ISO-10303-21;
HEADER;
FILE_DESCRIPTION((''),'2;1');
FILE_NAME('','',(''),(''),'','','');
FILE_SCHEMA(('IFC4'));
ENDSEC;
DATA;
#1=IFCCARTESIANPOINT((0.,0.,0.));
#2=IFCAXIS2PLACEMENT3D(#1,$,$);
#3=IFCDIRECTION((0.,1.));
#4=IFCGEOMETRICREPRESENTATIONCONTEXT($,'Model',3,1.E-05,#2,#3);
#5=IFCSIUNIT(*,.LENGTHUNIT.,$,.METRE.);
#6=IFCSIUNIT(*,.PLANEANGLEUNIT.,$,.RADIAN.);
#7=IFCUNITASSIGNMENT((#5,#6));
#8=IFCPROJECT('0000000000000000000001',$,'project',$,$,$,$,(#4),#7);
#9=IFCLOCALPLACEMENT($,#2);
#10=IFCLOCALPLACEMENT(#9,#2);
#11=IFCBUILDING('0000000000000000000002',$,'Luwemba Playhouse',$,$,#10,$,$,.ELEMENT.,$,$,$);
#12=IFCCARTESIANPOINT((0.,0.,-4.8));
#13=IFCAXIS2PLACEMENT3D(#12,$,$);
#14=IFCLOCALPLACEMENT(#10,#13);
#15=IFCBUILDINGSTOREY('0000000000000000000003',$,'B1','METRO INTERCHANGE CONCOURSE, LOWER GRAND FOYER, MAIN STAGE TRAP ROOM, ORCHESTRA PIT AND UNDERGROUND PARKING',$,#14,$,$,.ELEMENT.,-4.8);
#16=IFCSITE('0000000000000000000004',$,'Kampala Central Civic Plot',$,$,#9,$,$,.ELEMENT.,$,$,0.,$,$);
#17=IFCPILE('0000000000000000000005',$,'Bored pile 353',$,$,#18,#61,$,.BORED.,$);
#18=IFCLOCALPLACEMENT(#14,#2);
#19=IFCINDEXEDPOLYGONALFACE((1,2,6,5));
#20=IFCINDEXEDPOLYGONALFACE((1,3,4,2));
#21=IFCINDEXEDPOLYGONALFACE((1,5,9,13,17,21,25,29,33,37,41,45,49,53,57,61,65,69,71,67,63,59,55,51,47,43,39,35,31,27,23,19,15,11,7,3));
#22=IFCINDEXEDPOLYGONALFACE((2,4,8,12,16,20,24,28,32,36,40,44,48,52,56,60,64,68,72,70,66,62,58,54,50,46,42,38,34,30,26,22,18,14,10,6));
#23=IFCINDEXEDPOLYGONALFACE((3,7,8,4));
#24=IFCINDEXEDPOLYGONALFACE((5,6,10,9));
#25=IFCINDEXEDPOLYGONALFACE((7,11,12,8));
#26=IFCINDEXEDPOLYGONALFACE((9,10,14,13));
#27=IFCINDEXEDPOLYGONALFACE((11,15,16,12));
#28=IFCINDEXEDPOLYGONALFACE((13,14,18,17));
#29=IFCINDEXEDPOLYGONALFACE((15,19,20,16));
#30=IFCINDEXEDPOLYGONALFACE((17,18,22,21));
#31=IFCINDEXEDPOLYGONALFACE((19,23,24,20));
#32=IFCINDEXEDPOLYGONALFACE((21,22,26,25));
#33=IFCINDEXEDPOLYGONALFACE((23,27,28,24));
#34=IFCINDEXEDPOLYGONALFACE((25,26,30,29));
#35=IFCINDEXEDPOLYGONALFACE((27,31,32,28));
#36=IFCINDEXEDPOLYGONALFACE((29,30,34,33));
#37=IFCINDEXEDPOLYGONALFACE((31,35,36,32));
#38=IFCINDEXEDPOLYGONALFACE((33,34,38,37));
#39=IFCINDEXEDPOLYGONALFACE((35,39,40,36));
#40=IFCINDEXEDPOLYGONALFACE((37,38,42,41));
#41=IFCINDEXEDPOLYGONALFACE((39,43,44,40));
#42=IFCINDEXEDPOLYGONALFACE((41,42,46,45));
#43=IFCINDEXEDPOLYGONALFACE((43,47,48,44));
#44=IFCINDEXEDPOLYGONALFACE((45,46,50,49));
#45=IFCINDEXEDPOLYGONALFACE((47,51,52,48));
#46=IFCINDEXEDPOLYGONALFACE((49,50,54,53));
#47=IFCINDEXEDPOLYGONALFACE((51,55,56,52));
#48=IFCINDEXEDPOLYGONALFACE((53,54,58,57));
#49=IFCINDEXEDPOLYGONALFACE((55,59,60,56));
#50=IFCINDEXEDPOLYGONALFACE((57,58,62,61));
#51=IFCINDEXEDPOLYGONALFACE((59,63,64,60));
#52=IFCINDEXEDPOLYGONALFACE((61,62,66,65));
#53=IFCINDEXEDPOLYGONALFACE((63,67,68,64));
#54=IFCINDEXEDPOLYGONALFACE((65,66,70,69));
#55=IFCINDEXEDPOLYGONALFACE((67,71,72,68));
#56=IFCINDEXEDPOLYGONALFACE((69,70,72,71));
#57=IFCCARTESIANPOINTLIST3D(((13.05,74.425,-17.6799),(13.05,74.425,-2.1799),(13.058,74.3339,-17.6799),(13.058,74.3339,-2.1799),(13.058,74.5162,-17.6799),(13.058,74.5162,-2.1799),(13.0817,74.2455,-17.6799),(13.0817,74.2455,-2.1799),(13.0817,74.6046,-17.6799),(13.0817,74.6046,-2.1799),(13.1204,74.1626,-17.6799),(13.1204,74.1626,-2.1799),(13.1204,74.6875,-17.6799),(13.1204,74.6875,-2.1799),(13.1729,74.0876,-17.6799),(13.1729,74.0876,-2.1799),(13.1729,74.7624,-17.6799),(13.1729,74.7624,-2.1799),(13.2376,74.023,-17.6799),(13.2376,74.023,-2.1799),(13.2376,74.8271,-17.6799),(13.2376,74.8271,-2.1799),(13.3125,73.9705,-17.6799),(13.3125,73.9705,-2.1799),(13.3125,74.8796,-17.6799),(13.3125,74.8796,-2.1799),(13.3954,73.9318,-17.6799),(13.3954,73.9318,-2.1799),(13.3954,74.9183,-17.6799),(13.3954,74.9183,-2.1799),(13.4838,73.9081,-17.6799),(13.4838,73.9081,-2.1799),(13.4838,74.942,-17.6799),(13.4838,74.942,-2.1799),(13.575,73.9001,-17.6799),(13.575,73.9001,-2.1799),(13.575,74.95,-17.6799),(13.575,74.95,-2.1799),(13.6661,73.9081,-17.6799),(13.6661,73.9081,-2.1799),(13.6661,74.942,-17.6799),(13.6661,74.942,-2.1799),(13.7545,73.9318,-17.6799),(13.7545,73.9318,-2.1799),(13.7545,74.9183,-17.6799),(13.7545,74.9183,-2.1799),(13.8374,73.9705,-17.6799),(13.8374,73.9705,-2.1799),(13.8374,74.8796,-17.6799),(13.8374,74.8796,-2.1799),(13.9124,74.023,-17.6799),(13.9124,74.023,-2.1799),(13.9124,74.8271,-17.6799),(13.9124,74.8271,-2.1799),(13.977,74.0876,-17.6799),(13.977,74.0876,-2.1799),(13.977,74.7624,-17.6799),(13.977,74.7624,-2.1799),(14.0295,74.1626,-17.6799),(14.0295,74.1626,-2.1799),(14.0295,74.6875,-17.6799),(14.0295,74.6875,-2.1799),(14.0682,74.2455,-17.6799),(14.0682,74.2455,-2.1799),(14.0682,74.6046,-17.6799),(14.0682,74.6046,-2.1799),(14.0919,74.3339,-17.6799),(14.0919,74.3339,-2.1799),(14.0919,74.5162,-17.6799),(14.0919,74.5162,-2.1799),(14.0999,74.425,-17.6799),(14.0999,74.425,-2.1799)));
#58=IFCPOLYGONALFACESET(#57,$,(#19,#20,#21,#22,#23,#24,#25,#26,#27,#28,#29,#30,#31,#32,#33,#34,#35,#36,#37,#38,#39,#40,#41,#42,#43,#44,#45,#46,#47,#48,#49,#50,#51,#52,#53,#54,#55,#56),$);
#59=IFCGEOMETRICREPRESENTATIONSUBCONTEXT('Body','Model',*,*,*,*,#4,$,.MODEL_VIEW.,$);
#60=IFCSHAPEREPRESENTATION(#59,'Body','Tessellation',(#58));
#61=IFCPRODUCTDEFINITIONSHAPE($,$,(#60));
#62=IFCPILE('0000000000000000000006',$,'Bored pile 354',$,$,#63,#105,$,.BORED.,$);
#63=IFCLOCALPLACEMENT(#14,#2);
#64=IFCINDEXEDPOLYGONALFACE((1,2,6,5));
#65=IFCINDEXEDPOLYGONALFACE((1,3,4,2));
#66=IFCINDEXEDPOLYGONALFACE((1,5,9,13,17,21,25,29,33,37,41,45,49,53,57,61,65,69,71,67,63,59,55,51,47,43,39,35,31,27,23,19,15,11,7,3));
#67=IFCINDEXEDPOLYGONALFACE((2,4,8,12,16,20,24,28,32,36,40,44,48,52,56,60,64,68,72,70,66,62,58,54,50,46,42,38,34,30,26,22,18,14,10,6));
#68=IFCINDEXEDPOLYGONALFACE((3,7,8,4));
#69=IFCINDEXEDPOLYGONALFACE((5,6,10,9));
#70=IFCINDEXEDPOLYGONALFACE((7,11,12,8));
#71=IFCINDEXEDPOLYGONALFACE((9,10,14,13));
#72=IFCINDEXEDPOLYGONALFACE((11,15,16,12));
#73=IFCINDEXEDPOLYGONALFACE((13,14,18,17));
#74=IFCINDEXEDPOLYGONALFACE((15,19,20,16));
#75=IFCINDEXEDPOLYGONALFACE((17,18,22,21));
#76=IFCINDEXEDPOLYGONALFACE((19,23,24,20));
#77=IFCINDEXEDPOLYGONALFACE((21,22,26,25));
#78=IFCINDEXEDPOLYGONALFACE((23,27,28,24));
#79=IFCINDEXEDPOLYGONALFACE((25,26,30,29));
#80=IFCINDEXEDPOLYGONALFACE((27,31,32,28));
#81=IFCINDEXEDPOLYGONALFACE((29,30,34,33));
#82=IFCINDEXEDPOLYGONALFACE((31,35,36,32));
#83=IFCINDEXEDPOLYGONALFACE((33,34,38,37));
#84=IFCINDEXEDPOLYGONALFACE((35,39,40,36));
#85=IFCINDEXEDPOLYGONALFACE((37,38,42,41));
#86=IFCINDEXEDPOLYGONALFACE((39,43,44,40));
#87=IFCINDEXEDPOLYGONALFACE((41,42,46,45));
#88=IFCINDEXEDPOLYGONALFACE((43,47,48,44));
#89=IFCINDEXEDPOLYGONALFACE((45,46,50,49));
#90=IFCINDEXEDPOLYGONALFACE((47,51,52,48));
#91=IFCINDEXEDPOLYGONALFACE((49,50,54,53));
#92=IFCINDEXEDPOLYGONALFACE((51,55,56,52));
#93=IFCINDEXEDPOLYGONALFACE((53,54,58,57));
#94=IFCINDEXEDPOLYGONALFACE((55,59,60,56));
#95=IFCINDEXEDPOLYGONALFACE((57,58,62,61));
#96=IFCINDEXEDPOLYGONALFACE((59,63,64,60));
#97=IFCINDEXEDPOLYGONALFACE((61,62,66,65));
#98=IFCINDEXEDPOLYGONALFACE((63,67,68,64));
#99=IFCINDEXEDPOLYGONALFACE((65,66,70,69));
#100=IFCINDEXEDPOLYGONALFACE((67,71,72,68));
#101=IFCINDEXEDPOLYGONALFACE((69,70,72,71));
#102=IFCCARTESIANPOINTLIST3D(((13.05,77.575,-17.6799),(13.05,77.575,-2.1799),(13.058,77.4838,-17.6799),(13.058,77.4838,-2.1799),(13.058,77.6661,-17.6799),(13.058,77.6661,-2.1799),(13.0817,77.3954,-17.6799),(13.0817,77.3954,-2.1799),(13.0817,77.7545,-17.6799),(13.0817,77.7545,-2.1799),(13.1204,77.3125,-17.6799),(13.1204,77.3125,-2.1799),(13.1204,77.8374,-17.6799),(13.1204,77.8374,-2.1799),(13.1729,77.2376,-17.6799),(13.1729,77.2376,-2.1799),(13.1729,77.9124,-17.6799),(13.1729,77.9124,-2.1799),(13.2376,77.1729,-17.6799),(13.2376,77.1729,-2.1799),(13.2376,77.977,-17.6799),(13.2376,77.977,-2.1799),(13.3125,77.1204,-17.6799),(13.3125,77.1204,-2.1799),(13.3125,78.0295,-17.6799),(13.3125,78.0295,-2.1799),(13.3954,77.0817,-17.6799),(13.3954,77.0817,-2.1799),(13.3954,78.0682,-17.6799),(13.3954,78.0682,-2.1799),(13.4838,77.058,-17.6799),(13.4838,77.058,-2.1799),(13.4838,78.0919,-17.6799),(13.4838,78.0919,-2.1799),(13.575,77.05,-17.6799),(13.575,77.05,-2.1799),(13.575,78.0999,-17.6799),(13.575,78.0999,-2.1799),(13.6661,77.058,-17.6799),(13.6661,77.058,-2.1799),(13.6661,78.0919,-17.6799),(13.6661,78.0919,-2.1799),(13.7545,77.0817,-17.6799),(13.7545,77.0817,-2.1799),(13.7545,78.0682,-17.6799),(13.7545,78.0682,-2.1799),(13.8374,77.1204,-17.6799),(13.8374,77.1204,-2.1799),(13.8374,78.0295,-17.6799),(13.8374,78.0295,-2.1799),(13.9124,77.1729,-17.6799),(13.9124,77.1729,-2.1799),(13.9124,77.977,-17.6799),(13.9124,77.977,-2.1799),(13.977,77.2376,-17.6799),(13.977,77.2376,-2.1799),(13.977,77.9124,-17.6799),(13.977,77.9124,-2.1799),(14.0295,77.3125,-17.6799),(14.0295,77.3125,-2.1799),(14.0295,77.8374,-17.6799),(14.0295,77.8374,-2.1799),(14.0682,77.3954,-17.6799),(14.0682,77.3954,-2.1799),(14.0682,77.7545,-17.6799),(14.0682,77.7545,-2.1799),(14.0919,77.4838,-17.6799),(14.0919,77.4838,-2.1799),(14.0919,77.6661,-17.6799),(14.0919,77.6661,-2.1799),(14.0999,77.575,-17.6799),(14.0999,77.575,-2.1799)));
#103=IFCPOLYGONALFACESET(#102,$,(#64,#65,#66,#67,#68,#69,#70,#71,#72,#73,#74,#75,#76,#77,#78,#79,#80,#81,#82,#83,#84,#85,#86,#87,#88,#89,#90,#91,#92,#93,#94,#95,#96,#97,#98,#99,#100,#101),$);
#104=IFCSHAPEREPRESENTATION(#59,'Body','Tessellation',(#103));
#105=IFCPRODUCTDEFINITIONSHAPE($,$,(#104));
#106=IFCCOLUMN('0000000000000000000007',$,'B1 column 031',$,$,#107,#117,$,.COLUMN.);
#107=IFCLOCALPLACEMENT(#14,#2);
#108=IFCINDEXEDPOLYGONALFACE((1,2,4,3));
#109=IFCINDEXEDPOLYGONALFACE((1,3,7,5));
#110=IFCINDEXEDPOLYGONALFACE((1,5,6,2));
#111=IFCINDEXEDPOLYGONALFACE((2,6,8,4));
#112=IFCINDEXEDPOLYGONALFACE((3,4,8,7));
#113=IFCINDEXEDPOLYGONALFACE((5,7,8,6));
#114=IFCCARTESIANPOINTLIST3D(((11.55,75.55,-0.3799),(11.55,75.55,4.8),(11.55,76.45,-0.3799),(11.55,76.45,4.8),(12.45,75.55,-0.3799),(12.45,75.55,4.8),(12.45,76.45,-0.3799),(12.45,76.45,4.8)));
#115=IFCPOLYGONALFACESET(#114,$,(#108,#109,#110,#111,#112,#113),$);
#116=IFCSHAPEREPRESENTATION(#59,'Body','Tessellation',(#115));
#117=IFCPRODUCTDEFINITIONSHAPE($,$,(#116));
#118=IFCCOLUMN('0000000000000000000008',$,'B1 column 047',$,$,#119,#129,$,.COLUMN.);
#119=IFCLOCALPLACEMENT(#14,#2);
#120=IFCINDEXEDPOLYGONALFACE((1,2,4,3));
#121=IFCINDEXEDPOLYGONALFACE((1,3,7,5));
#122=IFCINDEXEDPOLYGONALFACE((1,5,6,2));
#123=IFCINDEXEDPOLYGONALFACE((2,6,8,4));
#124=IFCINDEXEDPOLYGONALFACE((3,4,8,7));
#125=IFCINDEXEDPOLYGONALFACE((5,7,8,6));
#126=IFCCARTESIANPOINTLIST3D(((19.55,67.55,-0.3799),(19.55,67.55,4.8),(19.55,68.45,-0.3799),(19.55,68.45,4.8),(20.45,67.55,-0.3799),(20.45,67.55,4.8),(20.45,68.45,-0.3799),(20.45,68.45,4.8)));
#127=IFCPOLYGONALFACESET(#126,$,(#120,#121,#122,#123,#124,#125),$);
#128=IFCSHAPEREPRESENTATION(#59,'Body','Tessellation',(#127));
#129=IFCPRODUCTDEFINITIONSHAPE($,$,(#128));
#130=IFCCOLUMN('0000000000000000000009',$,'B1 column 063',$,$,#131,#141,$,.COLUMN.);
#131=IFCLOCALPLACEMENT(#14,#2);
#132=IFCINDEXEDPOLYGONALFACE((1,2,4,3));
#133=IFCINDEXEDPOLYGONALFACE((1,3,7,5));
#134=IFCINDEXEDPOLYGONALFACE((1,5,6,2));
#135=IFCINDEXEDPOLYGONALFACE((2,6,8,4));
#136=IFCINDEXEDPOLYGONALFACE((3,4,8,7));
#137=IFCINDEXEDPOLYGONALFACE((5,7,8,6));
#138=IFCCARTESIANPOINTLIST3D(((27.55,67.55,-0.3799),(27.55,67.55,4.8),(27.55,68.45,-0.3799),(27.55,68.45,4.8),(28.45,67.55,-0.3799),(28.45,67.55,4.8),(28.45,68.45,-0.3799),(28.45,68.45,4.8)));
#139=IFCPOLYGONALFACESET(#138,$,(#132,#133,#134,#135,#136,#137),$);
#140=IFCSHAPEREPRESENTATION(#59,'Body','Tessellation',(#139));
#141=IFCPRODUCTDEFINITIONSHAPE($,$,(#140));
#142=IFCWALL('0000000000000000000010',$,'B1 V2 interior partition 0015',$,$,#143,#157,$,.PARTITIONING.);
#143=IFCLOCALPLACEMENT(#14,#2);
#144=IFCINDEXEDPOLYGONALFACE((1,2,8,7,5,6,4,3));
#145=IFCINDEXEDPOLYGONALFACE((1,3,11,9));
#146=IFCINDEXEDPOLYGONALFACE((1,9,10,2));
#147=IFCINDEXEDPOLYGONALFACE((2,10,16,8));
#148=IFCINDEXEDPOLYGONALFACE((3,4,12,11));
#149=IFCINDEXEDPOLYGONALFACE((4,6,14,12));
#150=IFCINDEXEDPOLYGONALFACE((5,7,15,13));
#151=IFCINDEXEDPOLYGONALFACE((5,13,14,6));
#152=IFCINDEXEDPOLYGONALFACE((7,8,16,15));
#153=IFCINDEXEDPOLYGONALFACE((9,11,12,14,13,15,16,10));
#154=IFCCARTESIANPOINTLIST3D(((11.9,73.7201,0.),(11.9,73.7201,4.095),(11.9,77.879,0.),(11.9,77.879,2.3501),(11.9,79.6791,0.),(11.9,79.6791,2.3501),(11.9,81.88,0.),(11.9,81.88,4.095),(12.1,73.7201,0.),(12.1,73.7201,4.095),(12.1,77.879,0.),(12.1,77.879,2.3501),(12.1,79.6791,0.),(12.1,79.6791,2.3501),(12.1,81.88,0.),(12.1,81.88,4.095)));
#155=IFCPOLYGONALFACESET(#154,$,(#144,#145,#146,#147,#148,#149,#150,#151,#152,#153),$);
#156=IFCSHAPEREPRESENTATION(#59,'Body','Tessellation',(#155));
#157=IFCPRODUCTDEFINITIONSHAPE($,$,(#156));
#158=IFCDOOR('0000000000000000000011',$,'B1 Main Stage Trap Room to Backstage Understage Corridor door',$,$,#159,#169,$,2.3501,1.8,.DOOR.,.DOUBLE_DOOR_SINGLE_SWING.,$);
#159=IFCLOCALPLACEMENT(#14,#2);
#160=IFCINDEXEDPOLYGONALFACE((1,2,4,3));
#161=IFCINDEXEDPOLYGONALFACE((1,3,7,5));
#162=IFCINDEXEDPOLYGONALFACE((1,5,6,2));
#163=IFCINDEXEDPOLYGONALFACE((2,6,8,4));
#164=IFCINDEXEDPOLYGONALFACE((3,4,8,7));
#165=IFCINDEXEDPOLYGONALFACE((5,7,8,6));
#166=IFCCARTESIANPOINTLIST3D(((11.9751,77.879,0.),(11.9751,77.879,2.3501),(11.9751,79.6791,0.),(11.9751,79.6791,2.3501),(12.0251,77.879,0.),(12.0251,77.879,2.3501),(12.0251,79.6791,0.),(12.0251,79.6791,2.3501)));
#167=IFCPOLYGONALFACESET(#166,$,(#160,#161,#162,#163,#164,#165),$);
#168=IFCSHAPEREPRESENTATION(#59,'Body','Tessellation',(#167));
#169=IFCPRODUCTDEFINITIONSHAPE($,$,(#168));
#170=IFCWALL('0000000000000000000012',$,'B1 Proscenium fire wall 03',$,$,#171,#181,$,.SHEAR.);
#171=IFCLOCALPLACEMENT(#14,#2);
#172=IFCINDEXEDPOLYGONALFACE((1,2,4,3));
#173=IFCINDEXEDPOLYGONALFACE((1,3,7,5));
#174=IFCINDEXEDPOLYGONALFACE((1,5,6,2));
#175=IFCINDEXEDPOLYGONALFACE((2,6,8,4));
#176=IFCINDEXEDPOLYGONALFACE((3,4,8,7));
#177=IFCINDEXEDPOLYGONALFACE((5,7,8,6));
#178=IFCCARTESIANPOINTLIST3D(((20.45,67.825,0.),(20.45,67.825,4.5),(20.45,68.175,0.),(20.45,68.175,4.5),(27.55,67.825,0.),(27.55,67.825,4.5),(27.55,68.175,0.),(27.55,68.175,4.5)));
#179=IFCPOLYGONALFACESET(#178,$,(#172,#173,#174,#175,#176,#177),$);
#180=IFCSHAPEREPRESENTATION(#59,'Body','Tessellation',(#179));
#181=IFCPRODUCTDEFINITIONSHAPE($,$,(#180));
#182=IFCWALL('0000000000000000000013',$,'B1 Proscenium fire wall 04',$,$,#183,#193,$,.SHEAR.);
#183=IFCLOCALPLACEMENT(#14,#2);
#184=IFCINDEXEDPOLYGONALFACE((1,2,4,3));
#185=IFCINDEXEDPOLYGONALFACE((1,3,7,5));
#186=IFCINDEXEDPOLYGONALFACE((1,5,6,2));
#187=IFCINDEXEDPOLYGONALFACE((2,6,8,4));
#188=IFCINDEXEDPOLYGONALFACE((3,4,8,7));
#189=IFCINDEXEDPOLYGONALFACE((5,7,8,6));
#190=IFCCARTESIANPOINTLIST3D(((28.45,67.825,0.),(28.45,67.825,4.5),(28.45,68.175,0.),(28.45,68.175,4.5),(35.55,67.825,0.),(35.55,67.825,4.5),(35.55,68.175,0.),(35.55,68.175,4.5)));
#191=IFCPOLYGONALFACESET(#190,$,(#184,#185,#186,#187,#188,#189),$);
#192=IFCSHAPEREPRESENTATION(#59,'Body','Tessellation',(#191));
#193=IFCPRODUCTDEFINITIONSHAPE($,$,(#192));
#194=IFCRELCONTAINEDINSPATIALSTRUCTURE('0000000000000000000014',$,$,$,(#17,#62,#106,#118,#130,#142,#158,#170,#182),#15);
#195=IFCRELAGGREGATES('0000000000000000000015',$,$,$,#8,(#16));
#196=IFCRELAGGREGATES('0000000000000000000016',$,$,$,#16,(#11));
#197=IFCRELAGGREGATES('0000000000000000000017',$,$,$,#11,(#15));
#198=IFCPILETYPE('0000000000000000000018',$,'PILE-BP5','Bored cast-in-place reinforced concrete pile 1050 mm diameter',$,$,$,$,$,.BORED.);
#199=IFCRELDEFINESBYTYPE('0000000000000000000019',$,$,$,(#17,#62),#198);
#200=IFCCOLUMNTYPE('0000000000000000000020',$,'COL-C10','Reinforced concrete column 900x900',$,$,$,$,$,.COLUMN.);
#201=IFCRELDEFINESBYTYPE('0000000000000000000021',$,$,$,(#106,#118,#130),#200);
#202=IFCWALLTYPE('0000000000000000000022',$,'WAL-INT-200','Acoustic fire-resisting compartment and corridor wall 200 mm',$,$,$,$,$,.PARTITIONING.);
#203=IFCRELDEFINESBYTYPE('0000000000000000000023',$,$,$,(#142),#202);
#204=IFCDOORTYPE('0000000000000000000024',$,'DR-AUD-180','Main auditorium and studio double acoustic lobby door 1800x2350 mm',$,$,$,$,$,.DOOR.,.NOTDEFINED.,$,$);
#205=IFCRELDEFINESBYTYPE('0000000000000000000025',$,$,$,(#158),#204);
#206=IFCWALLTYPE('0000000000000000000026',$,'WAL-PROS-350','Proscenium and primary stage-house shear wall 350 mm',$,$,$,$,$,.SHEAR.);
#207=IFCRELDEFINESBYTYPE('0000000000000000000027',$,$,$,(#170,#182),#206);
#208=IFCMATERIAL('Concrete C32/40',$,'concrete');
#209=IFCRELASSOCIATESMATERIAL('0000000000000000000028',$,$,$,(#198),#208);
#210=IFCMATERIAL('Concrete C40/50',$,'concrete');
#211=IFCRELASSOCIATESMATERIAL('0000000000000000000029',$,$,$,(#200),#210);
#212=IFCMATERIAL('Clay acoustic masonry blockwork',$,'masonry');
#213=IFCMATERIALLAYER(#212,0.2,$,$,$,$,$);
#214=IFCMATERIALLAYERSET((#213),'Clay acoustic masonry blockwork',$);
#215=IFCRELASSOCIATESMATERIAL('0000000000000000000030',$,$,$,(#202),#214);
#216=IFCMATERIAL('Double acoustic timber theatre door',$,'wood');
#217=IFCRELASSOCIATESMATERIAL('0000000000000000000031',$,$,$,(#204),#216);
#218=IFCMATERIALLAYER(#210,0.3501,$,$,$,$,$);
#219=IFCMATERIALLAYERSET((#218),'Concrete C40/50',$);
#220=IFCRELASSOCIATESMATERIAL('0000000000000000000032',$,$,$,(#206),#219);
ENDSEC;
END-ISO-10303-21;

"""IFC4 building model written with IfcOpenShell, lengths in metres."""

from ifc_helpers import new_model, si_unit, direction, frame, frame_2d, origin, origin_2d, place, context, subcontext, project, spatial, rectangle, circle, extrude, material, layer, layer_set, material_profile, profile_set, type_object, element, fill, save


model = new_model("IFC4")

# Units and contexts
model_context = context("Model", 3, precision=1e-05, world=origin(), true_north=direction((0.0, 1.0)))
body_context = subcontext(model_context, "Body", "Model", "MODEL_VIEW")
ifc_project = project(units=[si_unit("LENGTHUNIT", "METRE"), si_unit("PLANEANGLEUNIT", "RADIAN")], contexts=[model_context])

# Site, building, storey
site_placement = place(None, origin())
site = spatial("IfcSite", under=ifc_project, at=site_placement, Name="Kampala Central Civic Plot", CompositionType="ELEMENT", RefElevation=0.0)
building_placement = place(site_placement, origin())
building = spatial("IfcBuilding", under=site, at=building_placement, Name="Luwemba Playhouse", CompositionType="ELEMENT")
storey_placement = place(building_placement, frame((0.0, 0.0, -4.8)))
storey = spatial("IfcBuildingStorey", under=building, at=storey_placement, Name="B1", Description="METRO INTERCHANGE CONCOURSE, LOWER GRAND FOYER, MAIN STAGE TRAP ROOM, ORCHESTRA PIT AND UNDERGROUND PARKING", CompositionType="ELEMENT", Elevation=-4.8)

# Shared definitions
ifc_material_1 = material(Name="Concrete C32/40", Category="concrete")

# Piles
ifc_material_profile_1 = material_profile(ifc_material_1, circle(Radius=0.5249, at=origin_2d()))
ifc_profile_set_1 = profile_set([ifc_material_profile_1], Name="Concrete C32/40")
pile_type_1 = type_object("IfcPileType", Name="PILE-BP5", Description="Bored cast-in-place reinforced concrete pile 1050 mm diameter", PredefinedType="BORED", material=ifc_profile_set_1)
for number, where, z_axis, x_axis, name in (
    (1, (13.575, 74.425, -2.1799), (0.0, 0.0, -1.0), (1.0, 0.0, 0.0), "Bored pile 353"),
    (2, (13.575, 77.575, -2.1799), (0.0, 0.0, -1.0), (1.0, 0.0, 0.0), "Bored pile 354"),
):
    element("IfcPile", number, at=place(storey_placement, frame(where, z_axis=z_axis, x_axis=x_axis)), inside=storey, type_object=pile_type_1, Name=name, PredefinedType="BORED", context=body_context, shape_type="SweptSolid", body=[
        extrude(circle(Radius=0.5249, at=origin_2d()), origin(), (0.0, 0.0, 1.0), 15.5),
    ])

# Columns
ifc_material_2 = material(Name="Concrete C40/50", Category="concrete")
ifc_material_profile_2 = material_profile(ifc_material_2, rectangle(XDim=0.8999, YDim=0.8999, at=origin_2d()))
ifc_profile_set_2 = profile_set([ifc_material_profile_2], Name="Concrete C40/50")
column_type = type_object("IfcColumnType", Name="COL-C10", Description="Reinforced concrete column 900x900", PredefinedType="COLUMN", material=ifc_profile_set_2)
for number, where, z_axis, x_axis, name in (
    (3, (12.0, 76.0, -0.3799), (0.0, 0.0, 1.0), (1.0, 0.0, 0.0), "B1 column 031"),
    (4, (20.0, 68.0, -0.3799), (0.0, 0.0, 1.0), (1.0, 0.0, 0.0), "B1 column 047"),
    (5, (28.0, 68.0, -0.3799), (0.0, 0.0, 1.0), (1.0, 0.0, 0.0), "B1 column 063"),
):
    element("IfcColumn", number, at=place(storey_placement, frame(where, z_axis=z_axis, x_axis=x_axis)), inside=storey, type_object=column_type, Name=name, PredefinedType="COLUMN", context=body_context, shape_type="SweptSolid", body=[
        extrude(rectangle(XDim=0.8999, YDim=0.8999, at=origin_2d()), origin(), (0.0, 0.0, 1.0), 5.1799),
    ])

# Wall, opening, door
ifc_material_3 = material(Name="Clay acoustic masonry blockwork", Category="masonry")
ifc_layer_1 = layer(ifc_material_3, 0.2)
ifc_layer_set_1 = layer_set([ifc_layer_1], Name="Clay acoustic masonry blockwork")
wall_type_1 = type_object("IfcWallType", Name="WAL-INT-200", Description="Acoustic fire-resisting compartment and corridor wall 200 mm", PredefinedType="PARTITIONING", material=ifc_layer_set_1)
wall_placement = place(storey_placement, frame((12.0, 73.72, 0.0), z_axis=(0.0, 0.0, 1.0), x_axis=(0.0, 1.0, 0.0)))
wall = element("IfcWall", 6, at=wall_placement, inside=storey, type_object=wall_type_1, Name="B1 V2 interior partition 0015", PredefinedType="PARTITIONING", context=body_context, shape_type="SweptSolid", body=[
    extrude(rectangle(XDim=8.1599, YDim=0.2, at=frame_2d((4.0801, 0.0))), origin(), (0.0, 0.0, 1.0), 4.095),
])
opening_placement = place(wall_placement, frame((4.1592, 0.0, 0.0)))
opening = element("IfcOpeningElement", 7, at=opening_placement, cuts=wall, PredefinedType="OPENING", context=body_context, shape_type="SweptSolid", body=[
    extrude(rectangle(XDim=1.8, YDim=2.3501, at=frame_2d((0.8999, 1.175))), frame((0.0, 0.1099, 0.0), z_axis=(0.0, -1.0, 0.0), x_axis=(1.0, 0.0, 0.0)), (0.0, 0.0, 1.0), 0.22),
])
ifc_material_4 = material(Name="Double acoustic timber theatre door", Category="wood")
door_type = type_object("IfcDoorType", Name="DR-AUD-180", Description="Main auditorium and studio double acoustic lobby door 1800x2350 mm", OperationType="NOTDEFINED", PredefinedType="DOOR", material=ifc_material_4)
door_placement = place(opening_placement, origin())
door = element("IfcDoor", 8, at=door_placement, inside=storey, type_object=door_type, Name="B1 Main Stage Trap Room to Backstage Understage Corridor door", OperationType="DOUBLE_DOOR_SINGLE_SWING", OverallHeight=2.3501, OverallWidth=1.8, PredefinedType="DOOR", context=body_context, shape_type="SweptSolid", body=[
    extrude(rectangle(XDim=1.8, YDim=2.3501, at=frame_2d((0.8999, 1.175))), frame((0.0, 0.0249, 0.0), z_axis=(0.0, -1.0, 0.0), x_axis=(1.0, 0.0, 0.0)), (0.0, 0.0, 1.0), 0.05),
])
fill(opening, door)

# Walls
ifc_layer_2 = layer(ifc_material_2, 0.3501)
ifc_layer_set_2 = layer_set([ifc_layer_2], Name="Concrete C40/50")
wall_type_2 = type_object("IfcWallType", Name="WAL-PROS-350", Description="Proscenium and primary stage-house shear wall 350 mm", PredefinedType="SHEAR", material=ifc_layer_set_2)
for number, where, z_axis, x_axis, name in (
    (9, (20.45, 68.0, 0.0), (0.0, 0.0, 1.0), (1.0, 0.0, 0.0), "B1 Proscenium fire wall 03"),
    (10, (28.45, 68.0, 0.0), (0.0, 0.0, 1.0), (1.0, 0.0, 0.0), "B1 Proscenium fire wall 04"),
):
    element("IfcWall", number, at=place(storey_placement, frame(where, z_axis=z_axis, x_axis=x_axis)), inside=storey, type_object=wall_type_2, Name=name, PredefinedType="SHEAR", context=body_context, shape_type="SweptSolid", body=[
        extrude(rectangle(XDim=7.1001, YDim=0.3501, at=frame_2d((3.55, 0.0))), origin(), (0.0, 0.0, 1.0), 4.5),
    ])

save(model, "model.ifc")
